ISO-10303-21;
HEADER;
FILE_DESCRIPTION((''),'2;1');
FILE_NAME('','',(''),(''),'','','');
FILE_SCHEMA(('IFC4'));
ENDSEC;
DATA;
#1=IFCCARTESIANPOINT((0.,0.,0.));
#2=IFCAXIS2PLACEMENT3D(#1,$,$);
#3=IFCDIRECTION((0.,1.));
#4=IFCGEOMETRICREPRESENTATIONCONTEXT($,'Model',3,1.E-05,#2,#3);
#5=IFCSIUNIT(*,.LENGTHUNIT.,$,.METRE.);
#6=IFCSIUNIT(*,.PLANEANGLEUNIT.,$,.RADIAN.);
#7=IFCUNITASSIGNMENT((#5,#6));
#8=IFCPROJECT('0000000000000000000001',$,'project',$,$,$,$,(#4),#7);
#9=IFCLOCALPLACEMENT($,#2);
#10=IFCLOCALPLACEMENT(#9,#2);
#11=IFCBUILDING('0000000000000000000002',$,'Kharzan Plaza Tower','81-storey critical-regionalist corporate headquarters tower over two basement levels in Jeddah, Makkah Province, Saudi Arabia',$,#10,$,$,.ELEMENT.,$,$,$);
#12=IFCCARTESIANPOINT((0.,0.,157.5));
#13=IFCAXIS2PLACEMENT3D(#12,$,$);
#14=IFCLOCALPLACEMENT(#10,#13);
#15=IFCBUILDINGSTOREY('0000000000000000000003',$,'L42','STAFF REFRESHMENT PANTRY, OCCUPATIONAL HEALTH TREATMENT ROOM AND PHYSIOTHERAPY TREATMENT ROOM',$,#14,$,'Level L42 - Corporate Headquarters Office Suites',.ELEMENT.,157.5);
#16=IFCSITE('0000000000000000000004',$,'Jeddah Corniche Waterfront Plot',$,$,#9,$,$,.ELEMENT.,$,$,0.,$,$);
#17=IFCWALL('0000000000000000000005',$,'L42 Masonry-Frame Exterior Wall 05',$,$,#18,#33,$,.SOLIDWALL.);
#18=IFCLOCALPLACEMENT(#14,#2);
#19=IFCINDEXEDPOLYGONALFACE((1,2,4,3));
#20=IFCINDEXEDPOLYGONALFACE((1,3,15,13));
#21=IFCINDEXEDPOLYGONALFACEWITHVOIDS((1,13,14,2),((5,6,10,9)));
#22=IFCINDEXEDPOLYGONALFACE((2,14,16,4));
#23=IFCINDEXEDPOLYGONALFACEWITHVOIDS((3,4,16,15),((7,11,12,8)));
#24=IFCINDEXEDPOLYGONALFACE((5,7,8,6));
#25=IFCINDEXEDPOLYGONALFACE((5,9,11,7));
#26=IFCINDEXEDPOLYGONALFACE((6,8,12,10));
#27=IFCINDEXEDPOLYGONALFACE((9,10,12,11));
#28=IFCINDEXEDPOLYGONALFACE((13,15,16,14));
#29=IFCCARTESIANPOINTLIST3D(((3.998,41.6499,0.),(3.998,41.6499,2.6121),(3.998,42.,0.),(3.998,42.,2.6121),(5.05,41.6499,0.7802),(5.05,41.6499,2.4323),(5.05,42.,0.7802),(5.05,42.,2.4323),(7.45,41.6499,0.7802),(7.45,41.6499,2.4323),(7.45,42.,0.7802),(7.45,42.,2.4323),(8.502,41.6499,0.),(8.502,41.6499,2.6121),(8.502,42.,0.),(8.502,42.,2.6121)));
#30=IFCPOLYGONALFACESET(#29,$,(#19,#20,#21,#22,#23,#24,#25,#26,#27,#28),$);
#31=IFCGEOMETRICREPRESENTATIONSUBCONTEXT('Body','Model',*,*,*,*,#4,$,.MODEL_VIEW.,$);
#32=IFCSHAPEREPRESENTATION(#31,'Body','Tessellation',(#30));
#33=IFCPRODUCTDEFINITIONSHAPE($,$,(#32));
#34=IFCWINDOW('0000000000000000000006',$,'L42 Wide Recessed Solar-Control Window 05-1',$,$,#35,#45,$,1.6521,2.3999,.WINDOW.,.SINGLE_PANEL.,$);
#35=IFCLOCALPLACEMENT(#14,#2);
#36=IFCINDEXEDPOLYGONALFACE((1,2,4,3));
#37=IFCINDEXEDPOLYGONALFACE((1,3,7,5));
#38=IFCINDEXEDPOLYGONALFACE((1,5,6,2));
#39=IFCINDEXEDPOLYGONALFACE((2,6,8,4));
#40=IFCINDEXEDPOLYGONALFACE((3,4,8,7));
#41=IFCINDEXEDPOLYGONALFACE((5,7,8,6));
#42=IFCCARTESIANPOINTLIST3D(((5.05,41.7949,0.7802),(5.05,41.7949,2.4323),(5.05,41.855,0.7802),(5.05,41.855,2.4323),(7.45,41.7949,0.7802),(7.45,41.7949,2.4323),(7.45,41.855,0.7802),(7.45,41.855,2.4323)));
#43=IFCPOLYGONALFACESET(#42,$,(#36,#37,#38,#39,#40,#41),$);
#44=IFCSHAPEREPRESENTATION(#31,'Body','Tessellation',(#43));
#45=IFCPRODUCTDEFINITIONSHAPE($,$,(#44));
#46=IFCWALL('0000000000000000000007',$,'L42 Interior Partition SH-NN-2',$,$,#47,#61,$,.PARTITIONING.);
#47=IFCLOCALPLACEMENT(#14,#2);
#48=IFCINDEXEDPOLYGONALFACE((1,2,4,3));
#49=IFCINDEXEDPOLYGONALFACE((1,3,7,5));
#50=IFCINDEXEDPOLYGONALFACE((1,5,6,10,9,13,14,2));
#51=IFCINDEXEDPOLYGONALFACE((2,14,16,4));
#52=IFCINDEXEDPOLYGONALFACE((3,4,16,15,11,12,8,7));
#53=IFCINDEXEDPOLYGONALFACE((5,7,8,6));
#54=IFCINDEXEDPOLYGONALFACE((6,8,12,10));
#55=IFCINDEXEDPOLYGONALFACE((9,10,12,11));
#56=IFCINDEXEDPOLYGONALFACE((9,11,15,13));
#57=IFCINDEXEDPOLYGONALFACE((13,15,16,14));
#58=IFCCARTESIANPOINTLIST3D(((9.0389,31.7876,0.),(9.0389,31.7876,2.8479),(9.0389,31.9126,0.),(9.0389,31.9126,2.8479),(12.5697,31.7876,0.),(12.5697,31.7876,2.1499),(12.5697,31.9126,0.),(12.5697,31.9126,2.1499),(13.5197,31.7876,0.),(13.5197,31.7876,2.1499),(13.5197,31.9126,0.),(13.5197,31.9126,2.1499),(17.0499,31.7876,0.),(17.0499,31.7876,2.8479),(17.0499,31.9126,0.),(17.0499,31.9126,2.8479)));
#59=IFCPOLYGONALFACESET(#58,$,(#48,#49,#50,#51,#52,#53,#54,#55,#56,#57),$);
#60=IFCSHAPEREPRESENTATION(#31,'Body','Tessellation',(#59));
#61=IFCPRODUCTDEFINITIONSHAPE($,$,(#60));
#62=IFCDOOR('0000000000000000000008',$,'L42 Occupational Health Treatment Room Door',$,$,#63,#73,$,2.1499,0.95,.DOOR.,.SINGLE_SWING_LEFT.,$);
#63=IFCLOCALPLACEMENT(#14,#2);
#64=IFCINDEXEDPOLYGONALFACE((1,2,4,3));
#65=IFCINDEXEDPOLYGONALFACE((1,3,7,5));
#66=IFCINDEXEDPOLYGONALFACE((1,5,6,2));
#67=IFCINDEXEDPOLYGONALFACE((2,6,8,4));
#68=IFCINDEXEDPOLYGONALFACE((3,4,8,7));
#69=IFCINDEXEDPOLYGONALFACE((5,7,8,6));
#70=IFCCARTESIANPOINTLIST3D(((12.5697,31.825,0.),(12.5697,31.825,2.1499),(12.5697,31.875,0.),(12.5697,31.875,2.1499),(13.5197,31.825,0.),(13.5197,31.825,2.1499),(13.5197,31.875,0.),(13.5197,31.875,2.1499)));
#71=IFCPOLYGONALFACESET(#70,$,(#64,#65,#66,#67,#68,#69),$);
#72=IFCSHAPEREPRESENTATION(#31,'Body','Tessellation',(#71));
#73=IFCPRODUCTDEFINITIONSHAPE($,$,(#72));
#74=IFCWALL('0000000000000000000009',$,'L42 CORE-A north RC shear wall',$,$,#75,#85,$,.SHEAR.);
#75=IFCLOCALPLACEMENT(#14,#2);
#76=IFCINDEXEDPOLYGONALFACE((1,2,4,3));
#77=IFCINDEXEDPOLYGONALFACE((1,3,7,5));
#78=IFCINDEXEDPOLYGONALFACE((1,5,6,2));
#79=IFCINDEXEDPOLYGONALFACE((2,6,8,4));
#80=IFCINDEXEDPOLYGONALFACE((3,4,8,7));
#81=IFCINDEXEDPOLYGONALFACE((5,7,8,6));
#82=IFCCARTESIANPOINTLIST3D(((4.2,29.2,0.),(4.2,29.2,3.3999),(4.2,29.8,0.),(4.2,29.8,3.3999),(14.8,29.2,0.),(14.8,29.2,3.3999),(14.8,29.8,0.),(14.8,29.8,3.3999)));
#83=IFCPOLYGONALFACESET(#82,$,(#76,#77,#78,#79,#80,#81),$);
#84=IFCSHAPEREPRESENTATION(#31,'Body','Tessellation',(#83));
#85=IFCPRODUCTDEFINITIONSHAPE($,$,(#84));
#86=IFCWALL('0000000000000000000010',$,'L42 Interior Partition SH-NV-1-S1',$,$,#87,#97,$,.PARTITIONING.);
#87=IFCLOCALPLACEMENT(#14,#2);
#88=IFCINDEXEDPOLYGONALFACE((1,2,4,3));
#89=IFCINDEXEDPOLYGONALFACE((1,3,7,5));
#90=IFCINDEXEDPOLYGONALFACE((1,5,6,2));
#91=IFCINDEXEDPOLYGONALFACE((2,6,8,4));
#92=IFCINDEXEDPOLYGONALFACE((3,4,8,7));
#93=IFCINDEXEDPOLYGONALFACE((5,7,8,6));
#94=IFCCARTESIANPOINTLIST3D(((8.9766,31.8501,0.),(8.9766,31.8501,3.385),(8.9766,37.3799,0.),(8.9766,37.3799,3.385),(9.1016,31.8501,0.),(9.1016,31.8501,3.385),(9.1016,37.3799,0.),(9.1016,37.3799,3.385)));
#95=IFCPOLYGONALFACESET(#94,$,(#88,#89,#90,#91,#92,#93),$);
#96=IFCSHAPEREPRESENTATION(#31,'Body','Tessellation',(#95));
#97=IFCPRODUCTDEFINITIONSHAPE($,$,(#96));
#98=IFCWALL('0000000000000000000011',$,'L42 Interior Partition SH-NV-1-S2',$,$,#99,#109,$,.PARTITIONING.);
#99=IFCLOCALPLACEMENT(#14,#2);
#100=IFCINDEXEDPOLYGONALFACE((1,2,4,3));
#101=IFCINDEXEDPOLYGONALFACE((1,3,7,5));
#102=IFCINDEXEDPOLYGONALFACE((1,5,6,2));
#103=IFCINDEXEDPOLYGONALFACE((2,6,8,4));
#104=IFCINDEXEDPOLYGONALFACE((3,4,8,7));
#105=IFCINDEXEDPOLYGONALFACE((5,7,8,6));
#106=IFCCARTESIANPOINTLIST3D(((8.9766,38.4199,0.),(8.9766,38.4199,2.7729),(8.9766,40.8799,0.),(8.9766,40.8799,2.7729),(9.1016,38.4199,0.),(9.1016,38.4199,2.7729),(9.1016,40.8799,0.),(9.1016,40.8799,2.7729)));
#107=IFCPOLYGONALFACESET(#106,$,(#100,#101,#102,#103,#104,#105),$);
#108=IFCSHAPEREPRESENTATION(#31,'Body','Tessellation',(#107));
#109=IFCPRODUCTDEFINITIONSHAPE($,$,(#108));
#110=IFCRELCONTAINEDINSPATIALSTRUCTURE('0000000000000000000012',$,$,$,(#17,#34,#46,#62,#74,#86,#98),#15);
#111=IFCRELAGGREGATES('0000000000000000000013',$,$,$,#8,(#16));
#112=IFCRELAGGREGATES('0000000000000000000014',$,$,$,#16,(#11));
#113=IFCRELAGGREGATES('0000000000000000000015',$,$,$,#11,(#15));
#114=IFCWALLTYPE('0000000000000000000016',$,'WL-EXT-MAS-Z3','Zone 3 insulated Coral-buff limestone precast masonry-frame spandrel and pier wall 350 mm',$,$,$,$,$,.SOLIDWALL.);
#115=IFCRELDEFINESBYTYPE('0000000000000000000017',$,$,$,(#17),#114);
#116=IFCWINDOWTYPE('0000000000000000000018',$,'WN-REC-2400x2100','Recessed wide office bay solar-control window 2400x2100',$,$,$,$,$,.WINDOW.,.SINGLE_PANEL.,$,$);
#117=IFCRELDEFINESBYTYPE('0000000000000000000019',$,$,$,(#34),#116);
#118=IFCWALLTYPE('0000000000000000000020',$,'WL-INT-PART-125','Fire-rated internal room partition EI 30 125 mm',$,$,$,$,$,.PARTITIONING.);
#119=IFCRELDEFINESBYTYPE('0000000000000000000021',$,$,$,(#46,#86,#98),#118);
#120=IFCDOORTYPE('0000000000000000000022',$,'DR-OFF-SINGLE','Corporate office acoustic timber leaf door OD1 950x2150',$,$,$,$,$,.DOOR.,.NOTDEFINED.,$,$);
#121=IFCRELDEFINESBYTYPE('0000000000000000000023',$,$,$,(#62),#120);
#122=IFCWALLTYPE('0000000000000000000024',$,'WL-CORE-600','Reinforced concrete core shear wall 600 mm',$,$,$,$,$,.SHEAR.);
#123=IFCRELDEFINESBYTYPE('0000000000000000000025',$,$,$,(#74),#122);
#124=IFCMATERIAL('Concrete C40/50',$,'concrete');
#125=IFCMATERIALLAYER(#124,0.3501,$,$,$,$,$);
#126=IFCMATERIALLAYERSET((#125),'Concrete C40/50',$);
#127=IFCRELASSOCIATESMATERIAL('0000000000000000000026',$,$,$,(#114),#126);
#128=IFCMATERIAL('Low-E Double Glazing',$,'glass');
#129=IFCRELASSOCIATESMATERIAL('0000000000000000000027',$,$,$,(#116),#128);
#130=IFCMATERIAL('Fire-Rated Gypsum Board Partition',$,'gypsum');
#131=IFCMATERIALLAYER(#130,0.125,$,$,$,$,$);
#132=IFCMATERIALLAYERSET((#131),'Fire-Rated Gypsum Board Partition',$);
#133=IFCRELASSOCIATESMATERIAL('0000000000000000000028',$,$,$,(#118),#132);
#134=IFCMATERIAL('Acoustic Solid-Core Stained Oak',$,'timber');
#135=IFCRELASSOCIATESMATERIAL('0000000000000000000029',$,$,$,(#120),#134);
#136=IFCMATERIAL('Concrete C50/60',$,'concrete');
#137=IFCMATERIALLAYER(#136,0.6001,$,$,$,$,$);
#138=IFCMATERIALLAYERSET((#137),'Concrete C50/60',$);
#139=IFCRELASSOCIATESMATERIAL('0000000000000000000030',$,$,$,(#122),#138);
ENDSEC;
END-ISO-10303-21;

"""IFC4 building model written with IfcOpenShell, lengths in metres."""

from ifc_helpers import new_model, si_unit, direction, frame, frame_2d, origin, place, context, subcontext, project, spatial, rectangle, extrude, source, transform, mapped, material, layer, layer_set, type_object, element, fill, save


model = new_model("IFC4")

# Units and contexts
model_context = context("Model", 3, precision=1e-05, world=origin(), true_north=direction((0.0, 1.0)))
body_context = subcontext(model_context, "Body", "Model", "MODEL_VIEW")
ifc_project = project(units=[si_unit("LENGTHUNIT", "METRE"), si_unit("PLANEANGLEUNIT", "RADIAN")], contexts=[model_context])

# Site, building, storey
site_placement = place(None, origin())
site = spatial("IfcSite", under=ifc_project, at=site_placement, Name="Jeddah Corniche Waterfront Plot", CompositionType="ELEMENT", RefElevation=0.0)
building_placement = place(site_placement, origin())
building = spatial("IfcBuilding", under=site, at=building_placement, Name="Kharzan Plaza Tower", Description="81-storey critical-regionalist corporate headquarters tower over two basement levels in Jeddah, Makkah Province, Saudi Arabia", CompositionType="ELEMENT")
storey_placement = place(building_placement, frame((0.0, 0.0, 157.5)))
storey = spatial("IfcBuildingStorey", under=building, at=storey_placement, Name="L42", Description="STAFF REFRESHMENT PANTRY, OCCUPATIONAL HEALTH TREATMENT ROOM AND PHYSIOTHERAPY TREATMENT ROOM", LongName="Level L42 - Corporate Headquarters Office Suites", CompositionType="ELEMENT", Elevation=157.5)

# Shared definitions
ifc_material_1 = material(Name="Concrete C50/60", Category="concrete")

# Wall, opening, window
ifc_material_2 = material(Name="Concrete C40/50", Category="concrete")
ifc_layer_1 = layer(ifc_material_2, 0.3501)
ifc_layer_set_1 = layer_set([ifc_layer_1], Name="Concrete C40/50")
wall_type_1 = type_object("IfcWallType", Name="WL-EXT-MAS-Z3", Description="Zone 3 insulated Coral-buff limestone precast masonry-frame spandrel and pier wall 350 mm", PredefinedType="SOLIDWALL", material=ifc_layer_set_1)
ifc_material_3 = material(Name="Low-E Double Glazing", Category="glass")
window_type_1 = type_object("IfcWindowType", Name="WN-REC-2400x2100", Description="Recessed wide office bay solar-control window 2400x2100", PartitioningType="SINGLE_PANEL", PredefinedType="WINDOW", material=ifc_material_3)
shared_shape_1 = source(origin(), body_context, "Body", "SweptSolid", [
    extrude(rectangle(XDim=2.3999, YDim=1.6521, at=frame_2d((1.2, 0.8262))), frame((0.0, 0.03, 0.0), z_axis=(0.0, -1.0, 0.0), x_axis=(1.0, 0.0, 0.0)), (0.0, 0.0, 1.0), 0.0601),
])
wall_1_placement = place(storey_placement, frame((8.502, 41.825, 0.0), z_axis=(0.0, 0.0, 1.0), x_axis=(-1.0, 0.0, 0.0)))
wall_1 = element("IfcWall", 1, at=wall_1_placement, inside=storey, type_object=wall_type_1, Name="L42 Masonry-Frame Exterior Wall 05", PredefinedType="SOLIDWALL", context=body_context, shape_type="SweptSolid", body=[
    extrude(rectangle(XDim=4.5039, YDim=0.3501, at=frame_2d((2.252, 0.0))), origin(), (0.0, 0.0, 1.0), 2.6121),
])
opening_1_placement = place(wall_1_placement, frame((1.052, 0.0, 0.78)))
opening_1 = element("IfcOpeningElement", 2, at=opening_1_placement, cuts=wall_1, PredefinedType="OPENING", context=body_context, shape_type="SweptSolid", body=[
    extrude(rectangle(XDim=2.3999, YDim=1.6521, at=frame_2d((1.2, 0.8262))), frame((0.0, 0.1851, 0.0), z_axis=(0.0, -1.0, 0.0), x_axis=(1.0, 0.0, 0.0)), (0.0, 0.0, 1.0), 0.3701),
])
window_1_placement = place(opening_1_placement, origin())
window_1 = element("IfcWindow", 3, at=window_1_placement, inside=storey, type_object=window_type_1, Name="L42 Wide Recessed Solar-Control Window 05-1", OverallHeight=1.6521, OverallWidth=2.3999, PartitioningType="SINGLE_PANEL", PredefinedType="WINDOW", context=body_context, shape_type="MappedRepresentation", body=[
    mapped(shared_shape_1, transform((0.0, 0.0, 0.0), x_axis=(1.0, 0.0, 0.0), y_axis=(0.0, 1.0, 0.0), z_axis=(0.0, 0.0, 1.0))),
])
fill(opening_1, window_1)

# Wall, opening, door
ifc_material_4 = material(Name="Fire-Rated Gypsum Board Partition", Category="gypsum")
ifc_layer_2 = layer(ifc_material_4, 0.125)
ifc_layer_set_2 = layer_set([ifc_layer_2], Name="Fire-Rated Gypsum Board Partition")
wall_type_2 = type_object("IfcWallType", Name="WL-INT-PART-125", Description="Fire-rated internal room partition EI 30 125 mm", PredefinedType="PARTITIONING", material=ifc_layer_set_2)
wall_2_placement = place(storey_placement, frame((9.0391, 31.8501, 0.0), z_axis=(0.0, 0.0, 1.0), x_axis=(1.0, 0.0, 0.0)))
wall_2 = element("IfcWall", 4, at=wall_2_placement, inside=storey, type_object=wall_type_2, Name="L42 Interior Partition SH-NN-2", PredefinedType="PARTITIONING", context=body_context, shape_type="SweptSolid", body=[
    extrude(rectangle(XDim=8.011, YDim=0.125, at=frame_2d((4.0054, 0.0))), origin(), (0.0, 0.0, 1.0), 2.8479),
])
opening_2_placement = place(wall_2_placement, frame((3.5305, 0.0, 0.0)))
opening_2 = element("IfcOpeningElement", 5, at=opening_2_placement, cuts=wall_2, PredefinedType="OPENING", context=body_context, shape_type="SweptSolid", body=[
    extrude(rectangle(XDim=0.95, YDim=2.1499, at=frame_2d((0.4751, 1.075))), frame((0.0, 0.0725, 0.0), z_axis=(0.0, -1.0, 0.0), x_axis=(1.0, 0.0, 0.0)), (0.0, 0.0, 1.0), 0.145),
])
ifc_material_5 = material(Name="Acoustic Solid-Core Stained Oak", Category="timber")
door_type = type_object("IfcDoorType", Name="DR-OFF-SINGLE", Description="Corporate office acoustic timber leaf door OD1 950x2150", OperationType="NOTDEFINED", PredefinedType="DOOR", material=ifc_material_5)
shared_shape_2 = source(origin(), body_context, "Body", "SweptSolid", [
    extrude(rectangle(XDim=0.95, YDim=2.1499, at=frame_2d((0.4751, 1.075))), frame((0.0, 0.0249, 0.0), z_axis=(0.0, -1.0, 0.0), x_axis=(1.0, 0.0, 0.0)), (0.0, 0.0, 1.0), 0.05),
])
door_placement = place(opening_2_placement, origin())
door = element("IfcDoor", 6, at=door_placement, inside=storey, type_object=door_type, Name="L42 Occupational Health Treatment Room Door", OperationType="SINGLE_SWING_LEFT", OverallHeight=2.1499, OverallWidth=0.95, PredefinedType="DOOR", context=body_context, shape_type="MappedRepresentation", body=[
    mapped(shared_shape_2, transform((0.0, 0.0, 0.0), x_axis=(1.0, 0.0, 0.0), y_axis=(0.0, 1.0, 0.0), z_axis=(0.0, 0.0, 1.0))),
])
fill(opening_2, door)

# Walls
ifc_layer_3 = layer(ifc_material_1, 0.6001)
ifc_layer_set_3 = layer_set([ifc_layer_3], Name="Concrete C50/60")
wall_type_3 = type_object("IfcWallType", Name="WL-CORE-600", Description="Reinforced concrete core shear wall 600 mm", PredefinedType="SHEAR", material=ifc_layer_set_3)
shared_shape_3 = source(origin(), body_context, "Body", "SweptSolid", [
    extrude(rectangle(XDim=10.6001, YDim=0.6001, at=frame_2d((5.3, 0.0))), origin(), (0.0, 0.0, 1.0), 3.3999),
])
wall_3_placement = place(storey_placement, frame((4.2, 29.5, 0.0), z_axis=(0.0, 0.0, 1.0), x_axis=(1.0, 0.0, 0.0)))
element("IfcWall", 7, at=wall_3_placement, inside=storey, type_object=wall_type_3, Name="L42 CORE-A north RC shear wall", PredefinedType="SHEAR", context=body_context, shape_type="MappedRepresentation", body=[
    mapped(shared_shape_3, transform((0.0, 0.0, 0.0), x_axis=(1.0, 0.0, 0.0), y_axis=(0.0, 1.0, 0.0), z_axis=(0.0, 0.0, 1.0))),
])
shared_shape_4 = source(origin(), body_context, "Body", "SweptSolid", [
    extrude(rectangle(XDim=5.5298, YDim=0.125, at=frame_2d((2.7649, 0.0))), origin(), (0.0, 0.0, 1.0), 3.385),
])
wall_4_placement = place(storey_placement, frame((9.0391, 31.8501, 0.0), z_axis=(0.0, 0.0, 1.0), x_axis=(0.0, 1.0, 0.0)))
element("IfcWall", 8, at=wall_4_placement, inside=storey, type_object=wall_type_2, Name="L42 Interior Partition SH-NV-1-S1", PredefinedType="PARTITIONING", context=body_context, shape_type="MappedRepresentation", body=[
    mapped(shared_shape_4, transform((0.0, 0.0, 0.0), x_axis=(1.0, 0.0, 0.0), y_axis=(0.0, 1.0, 0.0), z_axis=(0.0, 0.0, 1.0))),
])
shared_shape_5 = source(origin(), body_context, "Body", "SweptSolid", [
    extrude(rectangle(XDim=2.46, YDim=0.125, at=frame_2d((1.23, 0.0))), origin(), (0.0, 0.0, 1.0), 2.7729),
])
wall_5_placement = place(storey_placement, frame((9.0391, 38.4199, 0.0), z_axis=(0.0, 0.0, 1.0), x_axis=(0.0, 1.0, 0.0)))
element("IfcWall", 9, at=wall_5_placement, inside=storey, type_object=wall_type_2, Name="L42 Interior Partition SH-NV-1-S2", PredefinedType="PARTITIONING", context=body_context, shape_type="MappedRepresentation", body=[
    mapped(shared_shape_5, transform((0.0, 0.0, 0.0), x_axis=(1.0, 0.0, 0.0), y_axis=(0.0, 1.0, 0.0), z_axis=(0.0, 0.0, 1.0))),
])

save(model, "model.ifc")
